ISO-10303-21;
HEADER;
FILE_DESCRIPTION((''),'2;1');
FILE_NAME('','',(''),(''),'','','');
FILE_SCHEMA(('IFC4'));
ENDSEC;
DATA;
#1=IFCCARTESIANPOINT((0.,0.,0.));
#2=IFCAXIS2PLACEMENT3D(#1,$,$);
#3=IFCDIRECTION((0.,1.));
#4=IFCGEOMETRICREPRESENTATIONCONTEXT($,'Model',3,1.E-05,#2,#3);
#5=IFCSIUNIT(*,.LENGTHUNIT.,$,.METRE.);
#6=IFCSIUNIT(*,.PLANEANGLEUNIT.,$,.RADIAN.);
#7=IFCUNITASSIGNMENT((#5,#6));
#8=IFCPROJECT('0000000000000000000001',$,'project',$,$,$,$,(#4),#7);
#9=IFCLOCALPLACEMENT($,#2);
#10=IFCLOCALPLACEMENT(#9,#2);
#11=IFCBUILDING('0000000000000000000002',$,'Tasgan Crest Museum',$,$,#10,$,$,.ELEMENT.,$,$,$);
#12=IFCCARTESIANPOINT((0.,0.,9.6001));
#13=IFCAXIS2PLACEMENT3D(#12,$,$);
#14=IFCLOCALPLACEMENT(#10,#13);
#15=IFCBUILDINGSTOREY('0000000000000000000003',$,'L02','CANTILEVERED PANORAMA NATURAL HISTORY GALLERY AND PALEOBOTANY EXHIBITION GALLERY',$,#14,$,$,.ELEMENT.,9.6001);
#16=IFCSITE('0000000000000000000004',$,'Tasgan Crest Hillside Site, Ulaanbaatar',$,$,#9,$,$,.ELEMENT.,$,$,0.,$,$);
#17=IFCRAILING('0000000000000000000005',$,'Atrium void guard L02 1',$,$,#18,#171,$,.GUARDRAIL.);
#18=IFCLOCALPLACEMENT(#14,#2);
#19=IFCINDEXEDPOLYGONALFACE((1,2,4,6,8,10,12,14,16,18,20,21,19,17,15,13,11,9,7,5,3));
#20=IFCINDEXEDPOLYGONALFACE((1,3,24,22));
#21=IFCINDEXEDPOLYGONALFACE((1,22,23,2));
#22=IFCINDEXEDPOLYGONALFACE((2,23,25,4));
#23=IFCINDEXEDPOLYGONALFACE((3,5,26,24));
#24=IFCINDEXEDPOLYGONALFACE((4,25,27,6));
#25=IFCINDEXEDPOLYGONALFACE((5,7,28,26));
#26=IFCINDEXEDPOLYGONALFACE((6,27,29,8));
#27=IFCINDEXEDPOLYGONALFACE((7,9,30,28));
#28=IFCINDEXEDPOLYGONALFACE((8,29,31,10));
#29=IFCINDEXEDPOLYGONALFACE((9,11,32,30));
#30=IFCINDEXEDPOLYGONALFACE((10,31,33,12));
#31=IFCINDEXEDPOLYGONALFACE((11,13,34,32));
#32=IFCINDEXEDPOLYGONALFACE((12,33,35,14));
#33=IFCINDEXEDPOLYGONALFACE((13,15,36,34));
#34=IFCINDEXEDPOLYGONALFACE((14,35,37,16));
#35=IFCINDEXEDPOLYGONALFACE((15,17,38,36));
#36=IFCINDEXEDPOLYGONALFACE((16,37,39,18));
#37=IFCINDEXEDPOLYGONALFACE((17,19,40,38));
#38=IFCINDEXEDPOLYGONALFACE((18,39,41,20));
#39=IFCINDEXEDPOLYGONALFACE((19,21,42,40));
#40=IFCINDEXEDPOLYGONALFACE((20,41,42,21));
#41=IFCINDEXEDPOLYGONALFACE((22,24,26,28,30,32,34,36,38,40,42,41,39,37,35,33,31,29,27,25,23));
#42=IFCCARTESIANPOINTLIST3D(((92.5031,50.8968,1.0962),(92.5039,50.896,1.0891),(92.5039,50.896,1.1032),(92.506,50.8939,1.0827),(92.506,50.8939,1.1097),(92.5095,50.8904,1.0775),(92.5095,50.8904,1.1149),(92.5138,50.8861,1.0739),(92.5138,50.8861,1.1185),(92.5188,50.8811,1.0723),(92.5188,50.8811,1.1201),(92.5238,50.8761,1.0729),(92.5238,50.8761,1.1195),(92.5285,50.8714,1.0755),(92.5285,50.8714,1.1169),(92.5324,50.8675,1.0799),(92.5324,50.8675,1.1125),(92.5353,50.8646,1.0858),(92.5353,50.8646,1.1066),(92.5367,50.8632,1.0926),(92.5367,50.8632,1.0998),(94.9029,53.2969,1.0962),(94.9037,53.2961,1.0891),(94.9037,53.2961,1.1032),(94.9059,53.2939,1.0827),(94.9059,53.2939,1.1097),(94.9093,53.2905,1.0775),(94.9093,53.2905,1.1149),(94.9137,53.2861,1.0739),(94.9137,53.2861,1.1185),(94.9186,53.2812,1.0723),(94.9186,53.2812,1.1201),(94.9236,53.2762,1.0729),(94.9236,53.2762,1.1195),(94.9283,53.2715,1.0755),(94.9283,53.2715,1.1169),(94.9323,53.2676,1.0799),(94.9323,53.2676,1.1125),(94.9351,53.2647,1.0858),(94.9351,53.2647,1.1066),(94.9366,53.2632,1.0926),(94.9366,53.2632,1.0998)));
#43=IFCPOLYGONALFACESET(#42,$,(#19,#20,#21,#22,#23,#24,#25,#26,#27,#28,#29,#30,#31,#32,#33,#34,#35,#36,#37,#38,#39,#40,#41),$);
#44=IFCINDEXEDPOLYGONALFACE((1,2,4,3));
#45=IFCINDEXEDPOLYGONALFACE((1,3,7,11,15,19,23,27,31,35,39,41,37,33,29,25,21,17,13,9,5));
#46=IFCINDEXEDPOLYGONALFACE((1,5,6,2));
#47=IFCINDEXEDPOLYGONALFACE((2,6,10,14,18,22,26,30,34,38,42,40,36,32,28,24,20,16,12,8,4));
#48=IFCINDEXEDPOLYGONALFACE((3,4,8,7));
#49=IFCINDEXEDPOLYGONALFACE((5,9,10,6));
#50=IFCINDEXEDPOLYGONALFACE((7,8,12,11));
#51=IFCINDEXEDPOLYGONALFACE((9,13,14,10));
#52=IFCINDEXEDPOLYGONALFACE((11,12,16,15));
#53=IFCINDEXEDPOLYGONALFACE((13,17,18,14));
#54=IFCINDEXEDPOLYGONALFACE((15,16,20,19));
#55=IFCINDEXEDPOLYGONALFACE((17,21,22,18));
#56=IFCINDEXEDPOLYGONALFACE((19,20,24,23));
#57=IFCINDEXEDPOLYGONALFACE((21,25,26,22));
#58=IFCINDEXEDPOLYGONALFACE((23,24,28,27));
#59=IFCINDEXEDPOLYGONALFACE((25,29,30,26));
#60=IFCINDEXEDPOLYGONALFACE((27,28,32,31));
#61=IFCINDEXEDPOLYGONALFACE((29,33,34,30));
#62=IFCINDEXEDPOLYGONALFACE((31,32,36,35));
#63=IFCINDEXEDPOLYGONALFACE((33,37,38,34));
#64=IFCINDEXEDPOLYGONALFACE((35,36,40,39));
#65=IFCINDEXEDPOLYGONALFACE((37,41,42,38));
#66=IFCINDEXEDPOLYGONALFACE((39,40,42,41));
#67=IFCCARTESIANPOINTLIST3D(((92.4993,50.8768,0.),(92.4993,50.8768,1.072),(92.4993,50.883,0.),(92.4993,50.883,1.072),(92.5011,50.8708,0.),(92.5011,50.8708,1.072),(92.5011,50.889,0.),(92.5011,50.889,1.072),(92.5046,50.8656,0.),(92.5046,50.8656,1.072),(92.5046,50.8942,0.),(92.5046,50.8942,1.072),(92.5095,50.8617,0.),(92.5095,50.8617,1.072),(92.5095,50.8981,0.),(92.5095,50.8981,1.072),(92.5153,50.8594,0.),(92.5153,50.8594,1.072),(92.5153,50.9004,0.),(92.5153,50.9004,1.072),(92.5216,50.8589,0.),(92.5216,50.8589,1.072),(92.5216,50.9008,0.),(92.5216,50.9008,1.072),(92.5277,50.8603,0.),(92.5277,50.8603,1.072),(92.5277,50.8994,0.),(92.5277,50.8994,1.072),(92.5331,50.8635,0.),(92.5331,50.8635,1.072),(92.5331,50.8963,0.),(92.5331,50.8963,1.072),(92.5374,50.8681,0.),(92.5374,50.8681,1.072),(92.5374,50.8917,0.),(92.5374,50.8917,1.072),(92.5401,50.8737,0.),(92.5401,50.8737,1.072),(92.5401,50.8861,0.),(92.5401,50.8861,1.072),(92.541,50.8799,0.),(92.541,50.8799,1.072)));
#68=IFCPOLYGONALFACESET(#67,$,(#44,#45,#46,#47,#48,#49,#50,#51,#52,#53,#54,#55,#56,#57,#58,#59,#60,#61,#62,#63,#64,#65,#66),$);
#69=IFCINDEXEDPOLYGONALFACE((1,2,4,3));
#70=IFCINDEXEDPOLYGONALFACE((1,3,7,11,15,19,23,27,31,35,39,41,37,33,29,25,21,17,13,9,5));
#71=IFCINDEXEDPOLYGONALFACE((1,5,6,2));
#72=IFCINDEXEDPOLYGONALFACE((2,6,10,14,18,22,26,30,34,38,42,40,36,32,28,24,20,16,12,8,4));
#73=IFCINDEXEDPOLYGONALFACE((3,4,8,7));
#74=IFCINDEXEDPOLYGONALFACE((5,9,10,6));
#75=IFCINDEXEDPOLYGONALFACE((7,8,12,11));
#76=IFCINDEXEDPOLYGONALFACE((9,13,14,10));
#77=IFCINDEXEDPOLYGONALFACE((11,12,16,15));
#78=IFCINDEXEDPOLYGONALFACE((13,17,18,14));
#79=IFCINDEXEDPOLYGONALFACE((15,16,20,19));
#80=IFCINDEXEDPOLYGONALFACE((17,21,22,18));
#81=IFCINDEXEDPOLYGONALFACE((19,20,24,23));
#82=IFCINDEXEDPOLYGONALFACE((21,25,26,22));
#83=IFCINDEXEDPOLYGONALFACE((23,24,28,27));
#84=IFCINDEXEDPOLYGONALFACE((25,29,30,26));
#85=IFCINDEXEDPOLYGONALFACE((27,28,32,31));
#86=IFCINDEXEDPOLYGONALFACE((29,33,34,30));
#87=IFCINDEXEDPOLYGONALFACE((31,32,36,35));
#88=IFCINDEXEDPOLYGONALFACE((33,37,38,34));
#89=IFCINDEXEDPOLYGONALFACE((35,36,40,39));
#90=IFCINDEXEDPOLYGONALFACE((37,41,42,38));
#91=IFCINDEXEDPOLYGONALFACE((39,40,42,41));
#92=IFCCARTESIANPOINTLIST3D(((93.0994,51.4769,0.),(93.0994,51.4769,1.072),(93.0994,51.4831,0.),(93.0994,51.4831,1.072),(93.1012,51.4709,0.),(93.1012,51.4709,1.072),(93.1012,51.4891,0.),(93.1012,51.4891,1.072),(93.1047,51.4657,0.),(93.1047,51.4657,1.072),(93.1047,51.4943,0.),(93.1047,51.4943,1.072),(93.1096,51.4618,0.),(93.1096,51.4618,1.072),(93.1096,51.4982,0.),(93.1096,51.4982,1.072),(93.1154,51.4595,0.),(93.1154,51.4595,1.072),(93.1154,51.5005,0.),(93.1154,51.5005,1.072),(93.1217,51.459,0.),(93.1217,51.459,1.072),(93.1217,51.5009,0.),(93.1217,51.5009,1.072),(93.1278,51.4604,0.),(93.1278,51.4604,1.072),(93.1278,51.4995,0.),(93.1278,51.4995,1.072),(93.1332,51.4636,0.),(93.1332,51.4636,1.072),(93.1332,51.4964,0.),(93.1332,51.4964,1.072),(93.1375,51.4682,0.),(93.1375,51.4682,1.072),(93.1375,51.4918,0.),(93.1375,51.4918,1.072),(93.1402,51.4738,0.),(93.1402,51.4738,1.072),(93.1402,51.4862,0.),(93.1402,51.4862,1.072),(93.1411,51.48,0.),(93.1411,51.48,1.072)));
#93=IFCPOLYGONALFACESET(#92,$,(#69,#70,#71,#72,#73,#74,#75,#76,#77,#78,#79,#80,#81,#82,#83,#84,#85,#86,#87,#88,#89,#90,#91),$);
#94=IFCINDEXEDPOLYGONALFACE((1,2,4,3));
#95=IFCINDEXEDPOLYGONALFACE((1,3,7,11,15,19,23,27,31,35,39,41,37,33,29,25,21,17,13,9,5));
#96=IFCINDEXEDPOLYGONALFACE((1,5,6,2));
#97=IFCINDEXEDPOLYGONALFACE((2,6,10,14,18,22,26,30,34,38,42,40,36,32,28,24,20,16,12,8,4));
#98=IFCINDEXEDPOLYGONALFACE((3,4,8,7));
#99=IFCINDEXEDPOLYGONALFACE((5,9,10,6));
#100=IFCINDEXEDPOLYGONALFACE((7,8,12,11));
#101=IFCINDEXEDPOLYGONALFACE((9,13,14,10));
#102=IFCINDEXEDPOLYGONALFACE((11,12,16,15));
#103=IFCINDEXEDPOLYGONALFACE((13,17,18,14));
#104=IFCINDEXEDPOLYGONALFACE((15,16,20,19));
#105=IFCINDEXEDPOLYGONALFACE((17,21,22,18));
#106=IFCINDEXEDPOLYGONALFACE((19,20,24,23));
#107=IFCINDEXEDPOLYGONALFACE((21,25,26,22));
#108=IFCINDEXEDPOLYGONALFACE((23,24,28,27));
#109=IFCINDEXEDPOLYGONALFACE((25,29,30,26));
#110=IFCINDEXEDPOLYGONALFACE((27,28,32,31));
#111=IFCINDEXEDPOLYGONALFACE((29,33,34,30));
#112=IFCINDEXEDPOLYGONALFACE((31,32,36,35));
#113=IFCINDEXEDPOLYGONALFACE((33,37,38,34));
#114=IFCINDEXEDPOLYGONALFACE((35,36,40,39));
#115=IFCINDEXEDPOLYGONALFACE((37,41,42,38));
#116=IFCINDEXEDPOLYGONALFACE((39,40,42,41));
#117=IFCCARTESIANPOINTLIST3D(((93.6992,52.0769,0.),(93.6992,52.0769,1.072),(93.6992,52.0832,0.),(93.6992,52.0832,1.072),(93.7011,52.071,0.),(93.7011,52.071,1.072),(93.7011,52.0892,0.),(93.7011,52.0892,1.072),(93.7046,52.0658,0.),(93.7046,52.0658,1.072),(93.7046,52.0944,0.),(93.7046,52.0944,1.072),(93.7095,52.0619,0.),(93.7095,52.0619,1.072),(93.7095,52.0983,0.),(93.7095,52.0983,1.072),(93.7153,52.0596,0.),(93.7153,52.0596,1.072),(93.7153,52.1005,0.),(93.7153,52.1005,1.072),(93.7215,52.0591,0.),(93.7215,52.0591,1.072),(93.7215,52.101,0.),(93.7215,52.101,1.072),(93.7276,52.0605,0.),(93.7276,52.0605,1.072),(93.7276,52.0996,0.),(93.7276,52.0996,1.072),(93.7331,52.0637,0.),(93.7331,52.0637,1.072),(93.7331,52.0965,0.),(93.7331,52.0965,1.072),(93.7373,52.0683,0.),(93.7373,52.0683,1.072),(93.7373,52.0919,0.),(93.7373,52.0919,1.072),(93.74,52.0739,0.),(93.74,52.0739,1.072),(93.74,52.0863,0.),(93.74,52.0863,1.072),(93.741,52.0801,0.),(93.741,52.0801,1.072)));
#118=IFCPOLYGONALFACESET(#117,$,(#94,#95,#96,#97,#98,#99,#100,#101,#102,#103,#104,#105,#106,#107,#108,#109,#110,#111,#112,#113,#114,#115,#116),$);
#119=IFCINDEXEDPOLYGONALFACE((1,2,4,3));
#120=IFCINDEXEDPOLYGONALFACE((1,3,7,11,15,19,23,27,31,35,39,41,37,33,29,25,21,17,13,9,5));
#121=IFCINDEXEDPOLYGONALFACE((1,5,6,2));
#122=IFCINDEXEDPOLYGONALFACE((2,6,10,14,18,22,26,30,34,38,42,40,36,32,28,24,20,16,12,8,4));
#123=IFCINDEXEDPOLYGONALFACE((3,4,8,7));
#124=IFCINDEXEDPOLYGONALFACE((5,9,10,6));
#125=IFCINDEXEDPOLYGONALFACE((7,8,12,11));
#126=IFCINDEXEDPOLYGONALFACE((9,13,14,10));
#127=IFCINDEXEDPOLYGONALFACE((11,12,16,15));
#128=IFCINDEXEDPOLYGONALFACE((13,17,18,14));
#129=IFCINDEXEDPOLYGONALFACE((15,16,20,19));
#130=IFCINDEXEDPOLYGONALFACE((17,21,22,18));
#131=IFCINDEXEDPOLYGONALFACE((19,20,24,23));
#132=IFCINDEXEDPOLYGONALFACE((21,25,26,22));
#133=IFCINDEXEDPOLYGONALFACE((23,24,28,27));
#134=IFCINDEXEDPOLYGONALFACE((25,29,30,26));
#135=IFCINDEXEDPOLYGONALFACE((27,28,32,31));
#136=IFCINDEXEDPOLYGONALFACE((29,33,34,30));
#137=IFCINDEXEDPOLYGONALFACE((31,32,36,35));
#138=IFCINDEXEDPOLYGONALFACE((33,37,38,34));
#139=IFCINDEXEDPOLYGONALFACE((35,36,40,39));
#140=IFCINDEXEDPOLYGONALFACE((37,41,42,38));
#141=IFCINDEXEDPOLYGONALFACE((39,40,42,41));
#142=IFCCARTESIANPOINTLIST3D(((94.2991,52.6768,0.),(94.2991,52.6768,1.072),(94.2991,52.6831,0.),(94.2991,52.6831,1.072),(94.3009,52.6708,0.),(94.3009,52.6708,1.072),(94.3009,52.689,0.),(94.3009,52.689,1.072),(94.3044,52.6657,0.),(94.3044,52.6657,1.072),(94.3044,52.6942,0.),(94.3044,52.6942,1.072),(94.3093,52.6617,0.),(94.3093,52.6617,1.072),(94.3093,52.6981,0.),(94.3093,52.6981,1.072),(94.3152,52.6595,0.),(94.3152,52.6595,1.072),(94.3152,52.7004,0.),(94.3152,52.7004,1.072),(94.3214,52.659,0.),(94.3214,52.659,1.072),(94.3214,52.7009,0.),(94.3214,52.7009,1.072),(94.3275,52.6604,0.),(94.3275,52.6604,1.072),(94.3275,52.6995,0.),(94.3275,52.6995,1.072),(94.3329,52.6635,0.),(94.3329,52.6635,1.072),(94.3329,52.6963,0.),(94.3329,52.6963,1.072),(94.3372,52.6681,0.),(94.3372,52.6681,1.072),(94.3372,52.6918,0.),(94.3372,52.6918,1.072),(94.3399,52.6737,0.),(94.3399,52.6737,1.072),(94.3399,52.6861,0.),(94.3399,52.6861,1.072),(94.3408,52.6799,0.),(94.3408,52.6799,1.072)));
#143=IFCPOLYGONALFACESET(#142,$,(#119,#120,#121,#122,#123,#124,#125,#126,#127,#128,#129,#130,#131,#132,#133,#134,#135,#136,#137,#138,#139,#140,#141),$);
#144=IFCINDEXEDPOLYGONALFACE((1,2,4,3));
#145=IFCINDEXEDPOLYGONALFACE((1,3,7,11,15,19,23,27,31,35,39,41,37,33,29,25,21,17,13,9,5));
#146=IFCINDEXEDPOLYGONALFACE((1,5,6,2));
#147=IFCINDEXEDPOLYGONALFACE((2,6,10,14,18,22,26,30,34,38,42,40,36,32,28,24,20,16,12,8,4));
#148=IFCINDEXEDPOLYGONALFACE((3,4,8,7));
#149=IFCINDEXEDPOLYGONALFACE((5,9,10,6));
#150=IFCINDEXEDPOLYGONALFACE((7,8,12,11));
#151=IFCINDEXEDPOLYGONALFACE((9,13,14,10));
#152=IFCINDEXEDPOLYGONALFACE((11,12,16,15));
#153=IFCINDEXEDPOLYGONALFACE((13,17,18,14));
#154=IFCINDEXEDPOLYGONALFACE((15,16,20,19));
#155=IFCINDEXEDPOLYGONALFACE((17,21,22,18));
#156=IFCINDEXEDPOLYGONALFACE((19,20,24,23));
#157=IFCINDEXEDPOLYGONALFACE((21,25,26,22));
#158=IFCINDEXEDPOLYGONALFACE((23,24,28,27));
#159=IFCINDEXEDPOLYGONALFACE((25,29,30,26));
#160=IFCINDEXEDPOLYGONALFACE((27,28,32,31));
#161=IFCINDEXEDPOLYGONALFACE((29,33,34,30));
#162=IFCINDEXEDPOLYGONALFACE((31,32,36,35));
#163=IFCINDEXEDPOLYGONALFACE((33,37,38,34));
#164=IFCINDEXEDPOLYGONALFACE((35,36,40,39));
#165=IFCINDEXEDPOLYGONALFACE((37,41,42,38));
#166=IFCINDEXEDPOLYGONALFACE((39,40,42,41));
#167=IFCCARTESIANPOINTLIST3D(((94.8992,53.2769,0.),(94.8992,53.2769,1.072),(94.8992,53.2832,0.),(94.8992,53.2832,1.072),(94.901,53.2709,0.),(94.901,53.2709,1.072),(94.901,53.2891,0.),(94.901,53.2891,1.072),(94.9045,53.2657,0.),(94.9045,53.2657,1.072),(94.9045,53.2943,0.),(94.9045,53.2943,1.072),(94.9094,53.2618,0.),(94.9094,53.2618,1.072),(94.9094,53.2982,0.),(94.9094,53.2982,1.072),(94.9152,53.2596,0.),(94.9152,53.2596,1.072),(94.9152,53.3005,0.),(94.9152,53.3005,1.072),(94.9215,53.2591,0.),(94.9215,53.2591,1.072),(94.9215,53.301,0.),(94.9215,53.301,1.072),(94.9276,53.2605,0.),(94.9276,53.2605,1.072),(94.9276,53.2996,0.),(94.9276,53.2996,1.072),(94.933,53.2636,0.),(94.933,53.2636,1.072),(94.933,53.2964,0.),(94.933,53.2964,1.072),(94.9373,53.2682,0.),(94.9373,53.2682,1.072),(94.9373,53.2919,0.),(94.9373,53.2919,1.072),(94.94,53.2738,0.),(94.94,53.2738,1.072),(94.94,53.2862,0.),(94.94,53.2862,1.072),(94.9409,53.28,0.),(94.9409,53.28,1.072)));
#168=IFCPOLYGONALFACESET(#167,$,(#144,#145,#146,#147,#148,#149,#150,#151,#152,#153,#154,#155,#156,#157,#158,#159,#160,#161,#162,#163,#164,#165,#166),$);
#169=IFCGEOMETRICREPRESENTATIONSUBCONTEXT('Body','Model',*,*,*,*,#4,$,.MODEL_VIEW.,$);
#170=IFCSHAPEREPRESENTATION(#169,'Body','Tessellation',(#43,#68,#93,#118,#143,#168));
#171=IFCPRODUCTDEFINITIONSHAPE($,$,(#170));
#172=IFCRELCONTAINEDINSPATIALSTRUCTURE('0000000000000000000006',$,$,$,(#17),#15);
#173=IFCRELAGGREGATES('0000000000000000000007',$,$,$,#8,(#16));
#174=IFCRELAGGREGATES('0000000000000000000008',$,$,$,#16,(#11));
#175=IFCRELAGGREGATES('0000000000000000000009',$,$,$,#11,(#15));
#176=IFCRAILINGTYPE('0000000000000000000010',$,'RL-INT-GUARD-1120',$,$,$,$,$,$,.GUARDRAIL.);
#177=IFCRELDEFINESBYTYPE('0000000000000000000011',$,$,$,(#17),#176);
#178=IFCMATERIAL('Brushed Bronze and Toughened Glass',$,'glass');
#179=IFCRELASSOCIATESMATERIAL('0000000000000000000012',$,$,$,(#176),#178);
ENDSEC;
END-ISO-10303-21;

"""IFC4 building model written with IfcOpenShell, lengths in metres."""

from ifc_helpers import new_model, si_unit, direction, frame, origin, origin_2d, place, context, subcontext, project, spatial, circle, extrude, material, type_object, element, save


model = new_model("IFC4")

# Units and contexts
model_context = context("Model", 3, precision=1e-05, world=origin(), true_north=direction((0.0, 1.0)))
body_context = subcontext(model_context, "Body", "Model", "MODEL_VIEW")
ifc_project = project(units=[si_unit("LENGTHUNIT", "METRE"), si_unit("PLANEANGLEUNIT", "RADIAN")], contexts=[model_context])

# Site, building, storey
site_placement = place(None, origin())
site = spatial("IfcSite", under=ifc_project, at=site_placement, Name="Tasgan Crest Hillside Site, Ulaanbaatar", CompositionType="ELEMENT", RefElevation=0.0)
building_placement = place(site_placement, origin())
building = spatial("IfcBuilding", under=site, at=building_placement, Name="Tasgan Crest Museum", CompositionType="ELEMENT")
storey_placement = place(building_placement, frame((0.0, 0.0, 9.6001)))
storey = spatial("IfcBuildingStorey", under=building, at=storey_placement, Name="L02", Description="CANTILEVERED PANORAMA NATURAL HISTORY GALLERY AND PALEOBOTANY EXHIBITION GALLERY", CompositionType="ELEMENT", Elevation=9.6001)

# Railing
ifc_material_1 = material(Name="Brushed Bronze and Toughened Glass", Category="glass")
railing_type_1 = type_object("IfcRailingType", Name="RL-INT-GUARD-1120", PredefinedType="GUARDRAIL", material=ifc_material_1)
railing_1_placement = place(storey_placement, frame((92.52, 50.8799, 0.0)))
element("IfcRailing", 1, at=railing_1_placement, inside=storey, type_object=railing_type_1, Name="Atrium void guard L02 1", PredefinedType="GUARDRAIL", context=body_context, shape_type="SweptSolid", body=[
    extrude(circle(Radius=0.0239, at=origin_2d()), frame((0.0, 0.0, 1.0962), z_axis=(0.707071, 0.707143, 0.0), x_axis=(-0.707143, 0.707071, 0.0)), (0.0, 0.0, 1.0), 3.394),
    extrude(circle(Radius=0.021, at=origin_2d()), origin(), (0.0, 0.0, 1.0), 1.072),
    extrude(circle(Radius=0.021, at=origin_2d()), frame((0.6001, 0.6001, 0.0)), (0.0, 0.0, 1.0), 1.072),
    extrude(circle(Radius=0.021, at=origin_2d()), frame((1.2, 1.2002, 0.0)), (0.0, 0.0, 1.0), 1.072),
    extrude(circle(Radius=0.021, at=origin_2d()), frame((1.7998, 1.8, 0.0)), (0.0, 0.0, 1.0), 1.072),
    extrude(circle(Radius=0.021, at=origin_2d()), frame((2.3999, 2.4001, 0.0)), (0.0, 0.0, 1.0), 1.072),
])

save(model, "model.ifc")
